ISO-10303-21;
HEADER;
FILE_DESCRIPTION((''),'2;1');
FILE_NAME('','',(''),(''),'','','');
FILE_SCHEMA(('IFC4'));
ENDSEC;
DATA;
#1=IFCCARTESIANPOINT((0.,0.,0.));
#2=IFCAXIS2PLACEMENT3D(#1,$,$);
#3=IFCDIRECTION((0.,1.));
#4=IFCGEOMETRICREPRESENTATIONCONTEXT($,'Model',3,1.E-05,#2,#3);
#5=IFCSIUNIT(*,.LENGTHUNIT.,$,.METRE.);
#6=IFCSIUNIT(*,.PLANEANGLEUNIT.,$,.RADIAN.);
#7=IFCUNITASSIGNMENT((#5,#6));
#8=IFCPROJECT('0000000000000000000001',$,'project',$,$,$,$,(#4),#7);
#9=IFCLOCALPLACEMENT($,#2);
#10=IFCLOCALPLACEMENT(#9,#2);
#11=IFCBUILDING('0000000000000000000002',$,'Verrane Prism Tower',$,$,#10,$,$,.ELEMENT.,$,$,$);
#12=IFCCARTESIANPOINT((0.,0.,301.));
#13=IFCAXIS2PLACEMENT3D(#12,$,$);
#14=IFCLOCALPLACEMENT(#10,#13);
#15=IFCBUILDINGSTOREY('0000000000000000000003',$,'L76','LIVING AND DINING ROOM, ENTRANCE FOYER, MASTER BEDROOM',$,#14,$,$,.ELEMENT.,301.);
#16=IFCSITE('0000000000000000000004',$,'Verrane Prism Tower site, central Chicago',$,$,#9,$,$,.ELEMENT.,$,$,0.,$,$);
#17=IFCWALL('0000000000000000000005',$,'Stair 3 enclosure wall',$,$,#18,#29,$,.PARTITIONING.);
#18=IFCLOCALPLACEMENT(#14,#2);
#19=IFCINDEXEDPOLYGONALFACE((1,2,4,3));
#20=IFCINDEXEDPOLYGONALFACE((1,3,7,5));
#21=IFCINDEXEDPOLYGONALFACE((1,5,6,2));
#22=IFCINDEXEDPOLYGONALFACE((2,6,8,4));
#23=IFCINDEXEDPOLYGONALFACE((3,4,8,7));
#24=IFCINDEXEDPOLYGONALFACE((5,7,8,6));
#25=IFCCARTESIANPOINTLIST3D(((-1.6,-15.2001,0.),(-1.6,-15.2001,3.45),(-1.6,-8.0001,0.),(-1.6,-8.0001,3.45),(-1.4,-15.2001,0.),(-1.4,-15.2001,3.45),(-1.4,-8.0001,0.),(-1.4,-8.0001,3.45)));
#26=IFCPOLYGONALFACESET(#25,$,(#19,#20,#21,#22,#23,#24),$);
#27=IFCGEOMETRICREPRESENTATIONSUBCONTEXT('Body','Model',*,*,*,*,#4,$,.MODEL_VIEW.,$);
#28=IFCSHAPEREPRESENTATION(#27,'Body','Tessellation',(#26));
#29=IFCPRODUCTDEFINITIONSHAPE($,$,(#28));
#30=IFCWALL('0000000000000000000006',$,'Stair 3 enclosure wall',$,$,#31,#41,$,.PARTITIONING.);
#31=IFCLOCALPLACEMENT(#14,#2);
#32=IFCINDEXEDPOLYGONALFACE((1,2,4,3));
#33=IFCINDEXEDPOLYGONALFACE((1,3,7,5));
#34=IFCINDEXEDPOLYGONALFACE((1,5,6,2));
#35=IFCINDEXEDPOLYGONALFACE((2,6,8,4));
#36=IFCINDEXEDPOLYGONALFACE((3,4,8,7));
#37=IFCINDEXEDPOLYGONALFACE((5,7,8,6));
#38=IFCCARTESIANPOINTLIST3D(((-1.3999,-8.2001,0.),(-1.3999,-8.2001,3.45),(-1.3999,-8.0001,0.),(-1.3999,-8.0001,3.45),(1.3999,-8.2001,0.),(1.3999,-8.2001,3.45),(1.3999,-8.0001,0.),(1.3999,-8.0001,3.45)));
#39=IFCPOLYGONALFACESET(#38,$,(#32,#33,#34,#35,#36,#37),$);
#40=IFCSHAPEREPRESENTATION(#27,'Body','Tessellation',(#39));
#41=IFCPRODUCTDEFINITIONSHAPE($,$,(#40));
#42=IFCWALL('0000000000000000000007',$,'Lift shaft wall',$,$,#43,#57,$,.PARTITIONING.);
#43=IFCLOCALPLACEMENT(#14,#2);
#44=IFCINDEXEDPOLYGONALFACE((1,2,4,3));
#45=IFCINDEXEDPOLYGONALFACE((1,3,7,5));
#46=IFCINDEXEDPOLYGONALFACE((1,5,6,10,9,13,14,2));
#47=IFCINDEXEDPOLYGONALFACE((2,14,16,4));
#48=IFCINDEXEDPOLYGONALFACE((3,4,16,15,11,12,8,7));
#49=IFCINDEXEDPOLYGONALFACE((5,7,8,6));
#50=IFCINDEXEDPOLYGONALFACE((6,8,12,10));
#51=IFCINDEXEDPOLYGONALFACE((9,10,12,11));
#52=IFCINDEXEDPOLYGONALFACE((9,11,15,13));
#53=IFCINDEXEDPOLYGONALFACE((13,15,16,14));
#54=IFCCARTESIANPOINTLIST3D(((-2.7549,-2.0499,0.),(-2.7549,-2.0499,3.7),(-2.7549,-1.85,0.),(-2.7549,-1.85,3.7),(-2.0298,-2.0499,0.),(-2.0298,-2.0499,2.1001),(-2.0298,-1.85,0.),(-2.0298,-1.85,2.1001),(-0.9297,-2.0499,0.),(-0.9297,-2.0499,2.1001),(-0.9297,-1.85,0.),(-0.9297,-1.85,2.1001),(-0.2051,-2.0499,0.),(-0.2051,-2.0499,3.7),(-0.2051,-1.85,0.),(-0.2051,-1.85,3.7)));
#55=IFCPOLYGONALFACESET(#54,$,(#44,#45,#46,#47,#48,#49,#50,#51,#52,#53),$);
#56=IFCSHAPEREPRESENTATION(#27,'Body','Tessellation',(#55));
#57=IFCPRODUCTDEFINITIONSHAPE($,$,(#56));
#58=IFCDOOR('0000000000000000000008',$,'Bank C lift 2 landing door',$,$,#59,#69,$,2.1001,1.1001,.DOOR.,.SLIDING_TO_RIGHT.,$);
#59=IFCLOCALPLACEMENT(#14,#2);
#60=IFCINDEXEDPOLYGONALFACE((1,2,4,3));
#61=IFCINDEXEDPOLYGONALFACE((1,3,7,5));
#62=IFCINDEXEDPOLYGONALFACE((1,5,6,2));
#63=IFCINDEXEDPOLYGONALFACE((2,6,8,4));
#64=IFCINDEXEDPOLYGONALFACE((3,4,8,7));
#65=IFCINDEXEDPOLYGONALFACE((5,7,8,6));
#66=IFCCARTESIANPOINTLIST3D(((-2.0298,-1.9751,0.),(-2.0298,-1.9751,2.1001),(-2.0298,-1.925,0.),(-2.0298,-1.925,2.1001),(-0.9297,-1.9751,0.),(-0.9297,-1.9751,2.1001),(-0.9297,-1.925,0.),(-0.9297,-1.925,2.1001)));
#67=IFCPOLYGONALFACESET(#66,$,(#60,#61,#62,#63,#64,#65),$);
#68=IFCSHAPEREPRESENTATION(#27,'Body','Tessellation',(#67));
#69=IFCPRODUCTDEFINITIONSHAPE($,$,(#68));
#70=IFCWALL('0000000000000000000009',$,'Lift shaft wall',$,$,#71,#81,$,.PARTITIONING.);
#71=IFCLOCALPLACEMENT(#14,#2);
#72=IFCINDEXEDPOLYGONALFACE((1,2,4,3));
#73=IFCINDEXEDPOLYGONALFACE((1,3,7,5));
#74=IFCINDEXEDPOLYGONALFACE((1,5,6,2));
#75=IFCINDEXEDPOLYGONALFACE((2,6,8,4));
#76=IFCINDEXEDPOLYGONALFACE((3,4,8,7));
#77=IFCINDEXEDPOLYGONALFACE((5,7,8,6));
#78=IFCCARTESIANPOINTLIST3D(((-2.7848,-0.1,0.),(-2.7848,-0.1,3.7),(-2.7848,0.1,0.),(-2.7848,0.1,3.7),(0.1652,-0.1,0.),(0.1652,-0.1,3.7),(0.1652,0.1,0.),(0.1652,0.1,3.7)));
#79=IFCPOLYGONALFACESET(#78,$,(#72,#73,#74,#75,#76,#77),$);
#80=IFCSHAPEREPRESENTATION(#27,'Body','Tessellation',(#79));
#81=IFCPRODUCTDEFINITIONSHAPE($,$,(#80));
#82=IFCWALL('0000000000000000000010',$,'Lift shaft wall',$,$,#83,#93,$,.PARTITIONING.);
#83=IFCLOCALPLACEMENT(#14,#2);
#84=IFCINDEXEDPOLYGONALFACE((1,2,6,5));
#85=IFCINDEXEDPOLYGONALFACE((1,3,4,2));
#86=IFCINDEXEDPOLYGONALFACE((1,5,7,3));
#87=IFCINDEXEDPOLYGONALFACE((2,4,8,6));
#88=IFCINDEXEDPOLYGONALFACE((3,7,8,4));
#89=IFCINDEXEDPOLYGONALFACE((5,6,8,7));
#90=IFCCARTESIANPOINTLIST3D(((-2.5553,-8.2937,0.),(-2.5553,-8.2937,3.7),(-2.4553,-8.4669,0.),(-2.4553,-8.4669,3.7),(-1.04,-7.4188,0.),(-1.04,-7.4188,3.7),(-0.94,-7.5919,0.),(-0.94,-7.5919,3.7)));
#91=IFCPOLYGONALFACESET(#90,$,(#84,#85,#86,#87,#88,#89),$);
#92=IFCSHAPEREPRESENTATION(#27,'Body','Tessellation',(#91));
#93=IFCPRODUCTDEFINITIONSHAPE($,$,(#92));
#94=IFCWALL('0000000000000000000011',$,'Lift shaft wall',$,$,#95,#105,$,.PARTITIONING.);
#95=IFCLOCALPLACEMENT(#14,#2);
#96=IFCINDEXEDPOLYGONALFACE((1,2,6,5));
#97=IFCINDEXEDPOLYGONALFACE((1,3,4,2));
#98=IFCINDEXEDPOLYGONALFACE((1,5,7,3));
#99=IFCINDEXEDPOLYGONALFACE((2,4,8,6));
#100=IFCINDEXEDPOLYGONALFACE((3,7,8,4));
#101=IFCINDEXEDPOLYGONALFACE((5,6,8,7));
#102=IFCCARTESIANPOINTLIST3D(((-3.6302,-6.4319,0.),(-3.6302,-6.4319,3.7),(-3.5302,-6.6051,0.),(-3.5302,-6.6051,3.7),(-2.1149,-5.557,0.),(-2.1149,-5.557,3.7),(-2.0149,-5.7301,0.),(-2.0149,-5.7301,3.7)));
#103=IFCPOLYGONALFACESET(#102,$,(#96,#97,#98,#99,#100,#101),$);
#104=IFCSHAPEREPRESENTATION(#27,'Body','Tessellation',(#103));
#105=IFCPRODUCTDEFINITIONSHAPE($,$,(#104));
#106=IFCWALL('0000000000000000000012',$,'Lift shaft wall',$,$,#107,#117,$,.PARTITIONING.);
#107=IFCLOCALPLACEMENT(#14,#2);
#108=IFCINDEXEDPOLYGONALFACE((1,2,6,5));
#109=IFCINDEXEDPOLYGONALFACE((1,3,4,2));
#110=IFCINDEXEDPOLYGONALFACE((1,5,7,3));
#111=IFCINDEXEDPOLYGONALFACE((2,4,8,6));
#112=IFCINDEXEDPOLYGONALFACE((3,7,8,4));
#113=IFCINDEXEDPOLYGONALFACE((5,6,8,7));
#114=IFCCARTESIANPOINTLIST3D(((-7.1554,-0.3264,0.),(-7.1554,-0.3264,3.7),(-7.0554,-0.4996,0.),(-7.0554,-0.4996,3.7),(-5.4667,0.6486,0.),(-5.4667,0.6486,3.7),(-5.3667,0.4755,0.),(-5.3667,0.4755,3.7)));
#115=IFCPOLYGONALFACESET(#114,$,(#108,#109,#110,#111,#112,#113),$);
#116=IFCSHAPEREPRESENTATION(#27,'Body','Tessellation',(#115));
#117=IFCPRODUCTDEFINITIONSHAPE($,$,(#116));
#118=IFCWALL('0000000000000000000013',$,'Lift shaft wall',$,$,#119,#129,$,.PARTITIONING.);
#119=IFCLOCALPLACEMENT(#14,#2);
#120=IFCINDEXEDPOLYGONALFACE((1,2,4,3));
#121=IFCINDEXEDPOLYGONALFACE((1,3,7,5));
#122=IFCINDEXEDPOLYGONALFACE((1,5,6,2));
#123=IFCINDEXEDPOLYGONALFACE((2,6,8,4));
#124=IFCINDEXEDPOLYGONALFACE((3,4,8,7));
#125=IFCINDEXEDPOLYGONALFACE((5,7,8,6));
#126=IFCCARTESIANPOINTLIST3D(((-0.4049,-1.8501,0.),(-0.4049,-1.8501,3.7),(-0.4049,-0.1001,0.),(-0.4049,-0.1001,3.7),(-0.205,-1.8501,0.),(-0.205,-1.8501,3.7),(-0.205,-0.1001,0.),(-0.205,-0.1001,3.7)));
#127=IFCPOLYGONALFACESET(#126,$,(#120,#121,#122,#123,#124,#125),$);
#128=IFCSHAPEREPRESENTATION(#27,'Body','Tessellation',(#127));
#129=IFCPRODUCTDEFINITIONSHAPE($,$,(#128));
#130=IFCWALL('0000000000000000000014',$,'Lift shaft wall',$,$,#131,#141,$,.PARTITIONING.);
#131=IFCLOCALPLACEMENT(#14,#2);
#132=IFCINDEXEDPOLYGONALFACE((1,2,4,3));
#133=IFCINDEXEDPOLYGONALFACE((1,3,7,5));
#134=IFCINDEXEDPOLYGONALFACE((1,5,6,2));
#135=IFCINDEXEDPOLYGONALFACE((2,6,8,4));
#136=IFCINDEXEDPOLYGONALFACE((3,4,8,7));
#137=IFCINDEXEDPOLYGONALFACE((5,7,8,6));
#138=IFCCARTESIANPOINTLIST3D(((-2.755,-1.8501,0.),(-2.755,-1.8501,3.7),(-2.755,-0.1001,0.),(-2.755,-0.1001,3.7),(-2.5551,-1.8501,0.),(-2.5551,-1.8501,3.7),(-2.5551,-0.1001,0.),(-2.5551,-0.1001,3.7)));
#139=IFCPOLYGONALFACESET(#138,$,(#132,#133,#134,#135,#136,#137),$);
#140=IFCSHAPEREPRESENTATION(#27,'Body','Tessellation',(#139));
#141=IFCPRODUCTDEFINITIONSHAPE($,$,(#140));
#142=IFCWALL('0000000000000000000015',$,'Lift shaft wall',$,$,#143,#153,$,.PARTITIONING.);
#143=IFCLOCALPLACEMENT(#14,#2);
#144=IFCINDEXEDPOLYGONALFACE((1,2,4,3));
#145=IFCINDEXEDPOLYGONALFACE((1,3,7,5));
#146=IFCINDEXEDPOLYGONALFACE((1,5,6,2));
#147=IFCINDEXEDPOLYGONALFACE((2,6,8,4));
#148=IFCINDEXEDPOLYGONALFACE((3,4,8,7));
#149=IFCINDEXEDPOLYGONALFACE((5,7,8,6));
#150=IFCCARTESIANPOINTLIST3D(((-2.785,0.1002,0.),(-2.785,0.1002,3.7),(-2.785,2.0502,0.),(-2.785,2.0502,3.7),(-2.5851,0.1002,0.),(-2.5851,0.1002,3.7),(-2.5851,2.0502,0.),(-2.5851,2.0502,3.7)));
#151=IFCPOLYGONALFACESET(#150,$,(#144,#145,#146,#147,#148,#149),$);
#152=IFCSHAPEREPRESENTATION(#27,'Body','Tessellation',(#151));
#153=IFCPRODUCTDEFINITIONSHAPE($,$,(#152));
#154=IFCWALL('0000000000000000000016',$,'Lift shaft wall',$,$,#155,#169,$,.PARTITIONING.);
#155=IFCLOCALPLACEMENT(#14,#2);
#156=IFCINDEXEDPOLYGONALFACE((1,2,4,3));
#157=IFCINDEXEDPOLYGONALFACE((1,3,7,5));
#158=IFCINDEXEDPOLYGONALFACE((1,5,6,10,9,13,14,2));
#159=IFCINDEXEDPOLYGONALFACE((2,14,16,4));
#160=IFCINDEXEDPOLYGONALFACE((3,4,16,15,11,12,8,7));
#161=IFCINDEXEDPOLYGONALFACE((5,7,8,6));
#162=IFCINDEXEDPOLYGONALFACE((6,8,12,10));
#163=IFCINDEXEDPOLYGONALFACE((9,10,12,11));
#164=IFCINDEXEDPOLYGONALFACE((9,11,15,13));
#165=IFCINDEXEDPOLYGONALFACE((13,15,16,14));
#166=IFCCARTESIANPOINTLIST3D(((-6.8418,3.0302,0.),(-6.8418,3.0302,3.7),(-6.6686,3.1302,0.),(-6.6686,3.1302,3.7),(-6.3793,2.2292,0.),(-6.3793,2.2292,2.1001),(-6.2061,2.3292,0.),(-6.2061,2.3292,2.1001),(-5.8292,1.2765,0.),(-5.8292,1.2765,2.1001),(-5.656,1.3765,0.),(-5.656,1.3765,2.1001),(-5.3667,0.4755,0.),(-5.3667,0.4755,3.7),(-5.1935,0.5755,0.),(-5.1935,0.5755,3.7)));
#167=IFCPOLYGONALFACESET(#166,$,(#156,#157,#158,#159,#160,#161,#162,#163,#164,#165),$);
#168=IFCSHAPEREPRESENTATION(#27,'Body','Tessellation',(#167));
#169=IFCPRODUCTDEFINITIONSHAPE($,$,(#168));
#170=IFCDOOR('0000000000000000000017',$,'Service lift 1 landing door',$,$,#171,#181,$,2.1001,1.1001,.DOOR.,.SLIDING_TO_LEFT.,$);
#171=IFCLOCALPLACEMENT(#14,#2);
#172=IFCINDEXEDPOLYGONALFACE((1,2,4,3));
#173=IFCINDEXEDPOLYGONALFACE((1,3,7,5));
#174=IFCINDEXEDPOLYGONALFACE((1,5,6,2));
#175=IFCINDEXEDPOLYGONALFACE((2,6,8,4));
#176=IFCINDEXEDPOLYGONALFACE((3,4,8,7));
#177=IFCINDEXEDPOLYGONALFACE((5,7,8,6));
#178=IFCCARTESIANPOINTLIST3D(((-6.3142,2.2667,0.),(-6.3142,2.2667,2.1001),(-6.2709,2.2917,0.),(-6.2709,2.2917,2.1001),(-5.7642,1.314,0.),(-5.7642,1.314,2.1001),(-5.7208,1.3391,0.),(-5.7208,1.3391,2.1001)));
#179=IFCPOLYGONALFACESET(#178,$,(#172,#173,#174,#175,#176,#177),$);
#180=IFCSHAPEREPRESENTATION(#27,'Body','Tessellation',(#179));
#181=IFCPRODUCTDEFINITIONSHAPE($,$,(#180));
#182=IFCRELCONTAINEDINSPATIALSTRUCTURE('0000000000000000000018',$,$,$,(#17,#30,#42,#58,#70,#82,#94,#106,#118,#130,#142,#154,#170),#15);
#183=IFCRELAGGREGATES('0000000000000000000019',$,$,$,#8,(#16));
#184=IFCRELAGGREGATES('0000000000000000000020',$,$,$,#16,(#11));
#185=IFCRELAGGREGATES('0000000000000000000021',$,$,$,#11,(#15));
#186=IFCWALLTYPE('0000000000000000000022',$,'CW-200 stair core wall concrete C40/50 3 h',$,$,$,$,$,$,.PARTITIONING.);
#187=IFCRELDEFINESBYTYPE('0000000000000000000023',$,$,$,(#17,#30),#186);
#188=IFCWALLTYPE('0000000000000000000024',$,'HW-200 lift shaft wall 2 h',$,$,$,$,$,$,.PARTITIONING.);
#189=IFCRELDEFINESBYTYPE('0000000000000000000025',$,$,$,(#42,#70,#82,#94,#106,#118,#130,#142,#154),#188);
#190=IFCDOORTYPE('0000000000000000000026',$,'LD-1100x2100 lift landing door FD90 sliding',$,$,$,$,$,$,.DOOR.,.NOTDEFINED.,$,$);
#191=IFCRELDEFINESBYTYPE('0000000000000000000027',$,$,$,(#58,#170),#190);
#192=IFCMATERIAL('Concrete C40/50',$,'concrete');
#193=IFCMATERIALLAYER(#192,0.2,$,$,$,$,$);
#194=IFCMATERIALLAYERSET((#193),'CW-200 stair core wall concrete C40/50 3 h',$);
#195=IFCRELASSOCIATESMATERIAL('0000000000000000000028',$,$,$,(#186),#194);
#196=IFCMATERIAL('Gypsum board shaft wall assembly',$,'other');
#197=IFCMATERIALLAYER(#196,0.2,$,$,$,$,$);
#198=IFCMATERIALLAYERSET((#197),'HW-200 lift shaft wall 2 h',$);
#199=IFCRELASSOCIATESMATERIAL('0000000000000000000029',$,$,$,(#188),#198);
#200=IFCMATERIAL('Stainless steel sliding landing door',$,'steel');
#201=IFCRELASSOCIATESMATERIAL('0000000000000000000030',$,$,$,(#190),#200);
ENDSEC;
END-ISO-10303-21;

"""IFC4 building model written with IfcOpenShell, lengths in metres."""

from ifc_helpers import new_model, si_unit, direction, frame, frame_2d, origin, place, context, subcontext, project, spatial, rectangle, extrude, material, layer, layer_set, type_object, element, fill, save


model = new_model("IFC4")

# Units and contexts
model_context = context("Model", 3, precision=1e-05, world=origin(), true_north=direction((0.0, 1.0)))
body_context = subcontext(model_context, "Body", "Model", "MODEL_VIEW")
ifc_project = project(units=[si_unit("LENGTHUNIT", "METRE"), si_unit("PLANEANGLEUNIT", "RADIAN")], contexts=[model_context])

# Site, building, storey
site_placement = place(None, origin())
site = spatial("IfcSite", under=ifc_project, at=site_placement, Name="Verrane Prism Tower site, central Chicago", CompositionType="ELEMENT", RefElevation=0.0)
building_placement = place(site_placement, origin())
building = spatial("IfcBuilding", under=site, at=building_placement, Name="Verrane Prism Tower", CompositionType="ELEMENT")
storey_placement = place(building_placement, frame((0.0, 0.0, 301.0)))
storey = spatial("IfcBuildingStorey", under=building, at=storey_placement, Name="L76", Description="LIVING AND DINING ROOM, ENTRANCE FOYER, MASTER BEDROOM", CompositionType="ELEMENT", Elevation=301.0)

# Walls
ifc_material_1 = material(Name="Concrete C40/50", Category="concrete")
ifc_layer_1 = layer(ifc_material_1, 0.2)
ifc_layer_set_1 = layer_set([ifc_layer_1], Name="CW-200 stair core wall concrete C40/50 3 h")
wall_type_1 = type_object("IfcWallType", Name="CW-200 stair core wall concrete C40/50 3 h", PredefinedType="PARTITIONING", material=ifc_layer_set_1)
wall_1_placement = place(storey_placement, frame((-1.5, -8.0, 0.0), z_axis=(0.0, 0.0, 1.0), x_axis=(0.0, -1.0, 0.0)))
element("IfcWall", 1, at=wall_1_placement, inside=storey, type_object=wall_type_1, Name="Stair 3 enclosure wall", PredefinedType="PARTITIONING", context=body_context, shape_type="SweptSolid", body=[
    extrude(rectangle(XDim=7.2, YDim=0.2, at=frame_2d((3.6001, 0.0))), origin(), (0.0, 0.0, 1.0), 3.45),
])
wall_2_placement = place(storey_placement, frame((-1.3999, -8.1001, 0.0), z_axis=(0.0, 0.0, 1.0), x_axis=(1.0, 0.0, 0.0)))
element("IfcWall", 2, at=wall_2_placement, inside=storey, type_object=wall_type_1, Name="Stair 3 enclosure wall", PredefinedType="PARTITIONING", context=body_context, shape_type="SweptSolid", body=[
    extrude(rectangle(XDim=2.7998, YDim=0.2, at=frame_2d((1.3999, 0.0))), origin(), (0.0, 0.0, 1.0), 3.45),
])

# Wall, opening, door
ifc_material_2 = material(Name="Gypsum board shaft wall assembly", Category="other")
ifc_layer_2 = layer(ifc_material_2, 0.2)
ifc_layer_set_2 = layer_set([ifc_layer_2], Name="HW-200 lift shaft wall 2 h")
wall_type_2 = type_object("IfcWallType", Name="HW-200 lift shaft wall 2 h", PredefinedType="PARTITIONING", material=ifc_layer_set_2)
wall_3_placement = place(storey_placement, frame((-2.7549, -1.95, 0.0), z_axis=(0.0, 0.0, 1.0), x_axis=(1.0, 0.0, 0.0)))
wall_3 = element("IfcWall", 3, at=wall_3_placement, inside=storey, type_object=wall_type_2, Name="Lift shaft wall", PredefinedType="PARTITIONING", context=body_context, shape_type="SweptSolid", body=[
    extrude(rectangle(XDim=2.5498, YDim=0.2, at=frame_2d((1.2749, 0.0))), origin(), (0.0, 0.0, 1.0), 3.7),
])
opening_1_placement = place(wall_3_placement, frame((0.7251, 0.0, 0.0)))
opening_1 = element("IfcOpeningElement", 4, at=opening_1_placement, cuts=wall_3, PredefinedType="OPENING", context=body_context, shape_type="SweptSolid", body=[
    extrude(rectangle(XDim=1.1001, YDim=2.1001, at=frame_2d((0.55, 1.05))), frame((0.0, 0.1099, 0.0), z_axis=(0.0, -1.0, 0.0), x_axis=(1.0, 0.0, 0.0)), (0.0, 0.0, 1.0), 0.22),
])
ifc_material_3 = material(Name="Stainless steel sliding landing door", Category="steel")
door_type_1 = type_object("IfcDoorType", Name="LD-1100x2100 lift landing door FD90 sliding", OperationType="NOTDEFINED", PredefinedType="DOOR", material=ifc_material_3)
door_1_placement = place(opening_1_placement, origin())
door_1 = element("IfcDoor", 5, at=door_1_placement, inside=storey, type_object=door_type_1, Name="Bank C lift 2 landing door", OperationType="SLIDING_TO_RIGHT", OverallHeight=2.1001, OverallWidth=1.1001, PredefinedType="DOOR", context=body_context, shape_type="SweptSolid", body=[
    extrude(rectangle(XDim=1.1001, YDim=2.1001, at=frame_2d((0.55, 1.05))), frame((0.0, 0.0249, 0.0), z_axis=(0.0, -1.0, 0.0), x_axis=(1.0, 0.0, 0.0)), (0.0, 0.0, 1.0), 0.05),
])
fill(opening_1, door_1)

# Walls
wall_4_placement = place(storey_placement, frame((-2.7849, 0.0, 0.0), z_axis=(0.0, 0.0, 1.0), x_axis=(1.0, 0.0, 0.0)))
element("IfcWall", 6, at=wall_4_placement, inside=storey, type_object=wall_type_2, Name="Lift shaft wall", PredefinedType="PARTITIONING", context=body_context, shape_type="SweptSolid", body=[
    extrude(rectangle(XDim=2.95, YDim=0.2, at=frame_2d((1.4751, 0.0))), origin(), (0.0, 0.0, 1.0), 3.7),
])
for number, where, z_axis, x_axis, name in (
    (7, (-2.5054, -8.3804, 0.0), (0.0, 0.0, 1.0), (0.866002, 0.50004, 0.0), "Lift shaft wall"),
    (8, (-3.5803, -6.5186, 0.0), (0.0, 0.0, 1.0), (0.866002, 0.50004, 0.0), "Lift shaft wall"),
):
    element("IfcWall", number, at=place(storey_placement, frame(where, z_axis=z_axis, x_axis=x_axis)), inside=storey, type_object=wall_type_2, Name=name, PredefinedType="PARTITIONING", context=body_context, shape_type="SweptSolid", body=[
        extrude(rectangle(XDim=1.7498, YDim=0.2, at=frame_2d((0.875, 0.0))), origin(), (0.0, 0.0, 1.0), 3.7),
    ])
wall_5_placement = place(storey_placement, frame((-7.1055, -0.4131, 0.0), z_axis=(0.0, 0.0, 1.0), x_axis=(0.866, 0.500044, 0.0)))
element("IfcWall", 9, at=wall_5_placement, inside=storey, type_object=wall_type_2, Name="Lift shaft wall", PredefinedType="PARTITIONING", context=body_context, shape_type="SweptSolid", body=[
    extrude(rectangle(XDim=1.95, YDim=0.2, at=frame_2d((0.9751, 0.0))), origin(), (0.0, 0.0, 1.0), 3.7),
])
for number, where, z_axis, x_axis, name in (
    (10, (-0.3049, -1.8501, 0.0), (0.0, 0.0, 1.0), (0.0, 1.0, 0.0), "Lift shaft wall"),
    (11, (-2.655, -1.8501, 0.0), (0.0, 0.0, 1.0), (0.0, 1.0, 0.0), "Lift shaft wall"),
):
    element("IfcWall", number, at=place(storey_placement, frame(where, z_axis=z_axis, x_axis=x_axis)), inside=storey, type_object=wall_type_2, Name=name, PredefinedType="PARTITIONING", context=body_context, shape_type="SweptSolid", body=[
        extrude(rectangle(XDim=1.75, YDim=0.2, at=frame_2d((0.875, 0.0))), origin(), (0.0, 0.0, 1.0), 3.7),
    ])
wall_6_placement = place(storey_placement, frame((-2.6851, 0.1001, 0.0), z_axis=(0.0, 0.0, 1.0), x_axis=(0.0, 1.0, 0.0)))
element("IfcWall", 12, at=wall_6_placement, inside=storey, type_object=wall_type_2, Name="Lift shaft wall", PredefinedType="PARTITIONING", context=body_context, shape_type="SweptSolid", body=[
    extrude(rectangle(XDim=1.95, YDim=0.2, at=frame_2d((0.9751, 0.0))), origin(), (0.0, 0.0, 1.0), 3.7),
])

# Wall, opening, door
wall_7_placement = place(storey_placement, frame((-5.28, 0.5254, 0.0), z_axis=(0.0, 0.0, 1.0), x_axis=(-0.500038, 0.866004, 0.0)))
wall_7 = element("IfcWall", 13, at=wall_7_placement, inside=storey, type_object=wall_type_2, Name="Lift shaft wall", PredefinedType="PARTITIONING", context=body_context, shape_type="SweptSolid", body=[
    extrude(rectangle(XDim=2.95, YDim=0.2, at=frame_2d((1.4751, 0.0))), origin(), (0.0, 0.0, 1.0), 3.7),
])
opening_2_placement = place(wall_7_placement, frame((0.925, 0.0, 0.0)))
opening_2 = element("IfcOpeningElement", 14, at=opening_2_placement, cuts=wall_7, PredefinedType="OPENING", context=body_context, shape_type="SweptSolid", body=[
    extrude(rectangle(XDim=1.1001, YDim=2.1001, at=frame_2d((0.55, 1.05))), frame((0.0, 0.1099, 0.0), z_axis=(0.0, -1.0, 0.0), x_axis=(1.0, 0.0, 0.0)), (0.0, 0.0, 1.0), 0.22),
])
door_2_placement = place(opening_2_placement, origin())
door_2 = element("IfcDoor", 15, at=door_2_placement, inside=storey, type_object=door_type_1, Name="Service lift 1 landing door", OperationType="SLIDING_TO_LEFT", OverallHeight=2.1001, OverallWidth=1.1001, PredefinedType="DOOR", context=body_context, shape_type="SweptSolid", body=[
    extrude(rectangle(XDim=1.1001, YDim=2.1001, at=frame_2d((0.55, 1.05))), frame((0.0, 0.0249, 0.0), z_axis=(0.0, -1.0, 0.0), x_axis=(1.0, 0.0, 0.0)), (0.0, 0.0, 1.0), 0.05),
])
fill(opening_2, door_2)

save(model, "model.ifc")
